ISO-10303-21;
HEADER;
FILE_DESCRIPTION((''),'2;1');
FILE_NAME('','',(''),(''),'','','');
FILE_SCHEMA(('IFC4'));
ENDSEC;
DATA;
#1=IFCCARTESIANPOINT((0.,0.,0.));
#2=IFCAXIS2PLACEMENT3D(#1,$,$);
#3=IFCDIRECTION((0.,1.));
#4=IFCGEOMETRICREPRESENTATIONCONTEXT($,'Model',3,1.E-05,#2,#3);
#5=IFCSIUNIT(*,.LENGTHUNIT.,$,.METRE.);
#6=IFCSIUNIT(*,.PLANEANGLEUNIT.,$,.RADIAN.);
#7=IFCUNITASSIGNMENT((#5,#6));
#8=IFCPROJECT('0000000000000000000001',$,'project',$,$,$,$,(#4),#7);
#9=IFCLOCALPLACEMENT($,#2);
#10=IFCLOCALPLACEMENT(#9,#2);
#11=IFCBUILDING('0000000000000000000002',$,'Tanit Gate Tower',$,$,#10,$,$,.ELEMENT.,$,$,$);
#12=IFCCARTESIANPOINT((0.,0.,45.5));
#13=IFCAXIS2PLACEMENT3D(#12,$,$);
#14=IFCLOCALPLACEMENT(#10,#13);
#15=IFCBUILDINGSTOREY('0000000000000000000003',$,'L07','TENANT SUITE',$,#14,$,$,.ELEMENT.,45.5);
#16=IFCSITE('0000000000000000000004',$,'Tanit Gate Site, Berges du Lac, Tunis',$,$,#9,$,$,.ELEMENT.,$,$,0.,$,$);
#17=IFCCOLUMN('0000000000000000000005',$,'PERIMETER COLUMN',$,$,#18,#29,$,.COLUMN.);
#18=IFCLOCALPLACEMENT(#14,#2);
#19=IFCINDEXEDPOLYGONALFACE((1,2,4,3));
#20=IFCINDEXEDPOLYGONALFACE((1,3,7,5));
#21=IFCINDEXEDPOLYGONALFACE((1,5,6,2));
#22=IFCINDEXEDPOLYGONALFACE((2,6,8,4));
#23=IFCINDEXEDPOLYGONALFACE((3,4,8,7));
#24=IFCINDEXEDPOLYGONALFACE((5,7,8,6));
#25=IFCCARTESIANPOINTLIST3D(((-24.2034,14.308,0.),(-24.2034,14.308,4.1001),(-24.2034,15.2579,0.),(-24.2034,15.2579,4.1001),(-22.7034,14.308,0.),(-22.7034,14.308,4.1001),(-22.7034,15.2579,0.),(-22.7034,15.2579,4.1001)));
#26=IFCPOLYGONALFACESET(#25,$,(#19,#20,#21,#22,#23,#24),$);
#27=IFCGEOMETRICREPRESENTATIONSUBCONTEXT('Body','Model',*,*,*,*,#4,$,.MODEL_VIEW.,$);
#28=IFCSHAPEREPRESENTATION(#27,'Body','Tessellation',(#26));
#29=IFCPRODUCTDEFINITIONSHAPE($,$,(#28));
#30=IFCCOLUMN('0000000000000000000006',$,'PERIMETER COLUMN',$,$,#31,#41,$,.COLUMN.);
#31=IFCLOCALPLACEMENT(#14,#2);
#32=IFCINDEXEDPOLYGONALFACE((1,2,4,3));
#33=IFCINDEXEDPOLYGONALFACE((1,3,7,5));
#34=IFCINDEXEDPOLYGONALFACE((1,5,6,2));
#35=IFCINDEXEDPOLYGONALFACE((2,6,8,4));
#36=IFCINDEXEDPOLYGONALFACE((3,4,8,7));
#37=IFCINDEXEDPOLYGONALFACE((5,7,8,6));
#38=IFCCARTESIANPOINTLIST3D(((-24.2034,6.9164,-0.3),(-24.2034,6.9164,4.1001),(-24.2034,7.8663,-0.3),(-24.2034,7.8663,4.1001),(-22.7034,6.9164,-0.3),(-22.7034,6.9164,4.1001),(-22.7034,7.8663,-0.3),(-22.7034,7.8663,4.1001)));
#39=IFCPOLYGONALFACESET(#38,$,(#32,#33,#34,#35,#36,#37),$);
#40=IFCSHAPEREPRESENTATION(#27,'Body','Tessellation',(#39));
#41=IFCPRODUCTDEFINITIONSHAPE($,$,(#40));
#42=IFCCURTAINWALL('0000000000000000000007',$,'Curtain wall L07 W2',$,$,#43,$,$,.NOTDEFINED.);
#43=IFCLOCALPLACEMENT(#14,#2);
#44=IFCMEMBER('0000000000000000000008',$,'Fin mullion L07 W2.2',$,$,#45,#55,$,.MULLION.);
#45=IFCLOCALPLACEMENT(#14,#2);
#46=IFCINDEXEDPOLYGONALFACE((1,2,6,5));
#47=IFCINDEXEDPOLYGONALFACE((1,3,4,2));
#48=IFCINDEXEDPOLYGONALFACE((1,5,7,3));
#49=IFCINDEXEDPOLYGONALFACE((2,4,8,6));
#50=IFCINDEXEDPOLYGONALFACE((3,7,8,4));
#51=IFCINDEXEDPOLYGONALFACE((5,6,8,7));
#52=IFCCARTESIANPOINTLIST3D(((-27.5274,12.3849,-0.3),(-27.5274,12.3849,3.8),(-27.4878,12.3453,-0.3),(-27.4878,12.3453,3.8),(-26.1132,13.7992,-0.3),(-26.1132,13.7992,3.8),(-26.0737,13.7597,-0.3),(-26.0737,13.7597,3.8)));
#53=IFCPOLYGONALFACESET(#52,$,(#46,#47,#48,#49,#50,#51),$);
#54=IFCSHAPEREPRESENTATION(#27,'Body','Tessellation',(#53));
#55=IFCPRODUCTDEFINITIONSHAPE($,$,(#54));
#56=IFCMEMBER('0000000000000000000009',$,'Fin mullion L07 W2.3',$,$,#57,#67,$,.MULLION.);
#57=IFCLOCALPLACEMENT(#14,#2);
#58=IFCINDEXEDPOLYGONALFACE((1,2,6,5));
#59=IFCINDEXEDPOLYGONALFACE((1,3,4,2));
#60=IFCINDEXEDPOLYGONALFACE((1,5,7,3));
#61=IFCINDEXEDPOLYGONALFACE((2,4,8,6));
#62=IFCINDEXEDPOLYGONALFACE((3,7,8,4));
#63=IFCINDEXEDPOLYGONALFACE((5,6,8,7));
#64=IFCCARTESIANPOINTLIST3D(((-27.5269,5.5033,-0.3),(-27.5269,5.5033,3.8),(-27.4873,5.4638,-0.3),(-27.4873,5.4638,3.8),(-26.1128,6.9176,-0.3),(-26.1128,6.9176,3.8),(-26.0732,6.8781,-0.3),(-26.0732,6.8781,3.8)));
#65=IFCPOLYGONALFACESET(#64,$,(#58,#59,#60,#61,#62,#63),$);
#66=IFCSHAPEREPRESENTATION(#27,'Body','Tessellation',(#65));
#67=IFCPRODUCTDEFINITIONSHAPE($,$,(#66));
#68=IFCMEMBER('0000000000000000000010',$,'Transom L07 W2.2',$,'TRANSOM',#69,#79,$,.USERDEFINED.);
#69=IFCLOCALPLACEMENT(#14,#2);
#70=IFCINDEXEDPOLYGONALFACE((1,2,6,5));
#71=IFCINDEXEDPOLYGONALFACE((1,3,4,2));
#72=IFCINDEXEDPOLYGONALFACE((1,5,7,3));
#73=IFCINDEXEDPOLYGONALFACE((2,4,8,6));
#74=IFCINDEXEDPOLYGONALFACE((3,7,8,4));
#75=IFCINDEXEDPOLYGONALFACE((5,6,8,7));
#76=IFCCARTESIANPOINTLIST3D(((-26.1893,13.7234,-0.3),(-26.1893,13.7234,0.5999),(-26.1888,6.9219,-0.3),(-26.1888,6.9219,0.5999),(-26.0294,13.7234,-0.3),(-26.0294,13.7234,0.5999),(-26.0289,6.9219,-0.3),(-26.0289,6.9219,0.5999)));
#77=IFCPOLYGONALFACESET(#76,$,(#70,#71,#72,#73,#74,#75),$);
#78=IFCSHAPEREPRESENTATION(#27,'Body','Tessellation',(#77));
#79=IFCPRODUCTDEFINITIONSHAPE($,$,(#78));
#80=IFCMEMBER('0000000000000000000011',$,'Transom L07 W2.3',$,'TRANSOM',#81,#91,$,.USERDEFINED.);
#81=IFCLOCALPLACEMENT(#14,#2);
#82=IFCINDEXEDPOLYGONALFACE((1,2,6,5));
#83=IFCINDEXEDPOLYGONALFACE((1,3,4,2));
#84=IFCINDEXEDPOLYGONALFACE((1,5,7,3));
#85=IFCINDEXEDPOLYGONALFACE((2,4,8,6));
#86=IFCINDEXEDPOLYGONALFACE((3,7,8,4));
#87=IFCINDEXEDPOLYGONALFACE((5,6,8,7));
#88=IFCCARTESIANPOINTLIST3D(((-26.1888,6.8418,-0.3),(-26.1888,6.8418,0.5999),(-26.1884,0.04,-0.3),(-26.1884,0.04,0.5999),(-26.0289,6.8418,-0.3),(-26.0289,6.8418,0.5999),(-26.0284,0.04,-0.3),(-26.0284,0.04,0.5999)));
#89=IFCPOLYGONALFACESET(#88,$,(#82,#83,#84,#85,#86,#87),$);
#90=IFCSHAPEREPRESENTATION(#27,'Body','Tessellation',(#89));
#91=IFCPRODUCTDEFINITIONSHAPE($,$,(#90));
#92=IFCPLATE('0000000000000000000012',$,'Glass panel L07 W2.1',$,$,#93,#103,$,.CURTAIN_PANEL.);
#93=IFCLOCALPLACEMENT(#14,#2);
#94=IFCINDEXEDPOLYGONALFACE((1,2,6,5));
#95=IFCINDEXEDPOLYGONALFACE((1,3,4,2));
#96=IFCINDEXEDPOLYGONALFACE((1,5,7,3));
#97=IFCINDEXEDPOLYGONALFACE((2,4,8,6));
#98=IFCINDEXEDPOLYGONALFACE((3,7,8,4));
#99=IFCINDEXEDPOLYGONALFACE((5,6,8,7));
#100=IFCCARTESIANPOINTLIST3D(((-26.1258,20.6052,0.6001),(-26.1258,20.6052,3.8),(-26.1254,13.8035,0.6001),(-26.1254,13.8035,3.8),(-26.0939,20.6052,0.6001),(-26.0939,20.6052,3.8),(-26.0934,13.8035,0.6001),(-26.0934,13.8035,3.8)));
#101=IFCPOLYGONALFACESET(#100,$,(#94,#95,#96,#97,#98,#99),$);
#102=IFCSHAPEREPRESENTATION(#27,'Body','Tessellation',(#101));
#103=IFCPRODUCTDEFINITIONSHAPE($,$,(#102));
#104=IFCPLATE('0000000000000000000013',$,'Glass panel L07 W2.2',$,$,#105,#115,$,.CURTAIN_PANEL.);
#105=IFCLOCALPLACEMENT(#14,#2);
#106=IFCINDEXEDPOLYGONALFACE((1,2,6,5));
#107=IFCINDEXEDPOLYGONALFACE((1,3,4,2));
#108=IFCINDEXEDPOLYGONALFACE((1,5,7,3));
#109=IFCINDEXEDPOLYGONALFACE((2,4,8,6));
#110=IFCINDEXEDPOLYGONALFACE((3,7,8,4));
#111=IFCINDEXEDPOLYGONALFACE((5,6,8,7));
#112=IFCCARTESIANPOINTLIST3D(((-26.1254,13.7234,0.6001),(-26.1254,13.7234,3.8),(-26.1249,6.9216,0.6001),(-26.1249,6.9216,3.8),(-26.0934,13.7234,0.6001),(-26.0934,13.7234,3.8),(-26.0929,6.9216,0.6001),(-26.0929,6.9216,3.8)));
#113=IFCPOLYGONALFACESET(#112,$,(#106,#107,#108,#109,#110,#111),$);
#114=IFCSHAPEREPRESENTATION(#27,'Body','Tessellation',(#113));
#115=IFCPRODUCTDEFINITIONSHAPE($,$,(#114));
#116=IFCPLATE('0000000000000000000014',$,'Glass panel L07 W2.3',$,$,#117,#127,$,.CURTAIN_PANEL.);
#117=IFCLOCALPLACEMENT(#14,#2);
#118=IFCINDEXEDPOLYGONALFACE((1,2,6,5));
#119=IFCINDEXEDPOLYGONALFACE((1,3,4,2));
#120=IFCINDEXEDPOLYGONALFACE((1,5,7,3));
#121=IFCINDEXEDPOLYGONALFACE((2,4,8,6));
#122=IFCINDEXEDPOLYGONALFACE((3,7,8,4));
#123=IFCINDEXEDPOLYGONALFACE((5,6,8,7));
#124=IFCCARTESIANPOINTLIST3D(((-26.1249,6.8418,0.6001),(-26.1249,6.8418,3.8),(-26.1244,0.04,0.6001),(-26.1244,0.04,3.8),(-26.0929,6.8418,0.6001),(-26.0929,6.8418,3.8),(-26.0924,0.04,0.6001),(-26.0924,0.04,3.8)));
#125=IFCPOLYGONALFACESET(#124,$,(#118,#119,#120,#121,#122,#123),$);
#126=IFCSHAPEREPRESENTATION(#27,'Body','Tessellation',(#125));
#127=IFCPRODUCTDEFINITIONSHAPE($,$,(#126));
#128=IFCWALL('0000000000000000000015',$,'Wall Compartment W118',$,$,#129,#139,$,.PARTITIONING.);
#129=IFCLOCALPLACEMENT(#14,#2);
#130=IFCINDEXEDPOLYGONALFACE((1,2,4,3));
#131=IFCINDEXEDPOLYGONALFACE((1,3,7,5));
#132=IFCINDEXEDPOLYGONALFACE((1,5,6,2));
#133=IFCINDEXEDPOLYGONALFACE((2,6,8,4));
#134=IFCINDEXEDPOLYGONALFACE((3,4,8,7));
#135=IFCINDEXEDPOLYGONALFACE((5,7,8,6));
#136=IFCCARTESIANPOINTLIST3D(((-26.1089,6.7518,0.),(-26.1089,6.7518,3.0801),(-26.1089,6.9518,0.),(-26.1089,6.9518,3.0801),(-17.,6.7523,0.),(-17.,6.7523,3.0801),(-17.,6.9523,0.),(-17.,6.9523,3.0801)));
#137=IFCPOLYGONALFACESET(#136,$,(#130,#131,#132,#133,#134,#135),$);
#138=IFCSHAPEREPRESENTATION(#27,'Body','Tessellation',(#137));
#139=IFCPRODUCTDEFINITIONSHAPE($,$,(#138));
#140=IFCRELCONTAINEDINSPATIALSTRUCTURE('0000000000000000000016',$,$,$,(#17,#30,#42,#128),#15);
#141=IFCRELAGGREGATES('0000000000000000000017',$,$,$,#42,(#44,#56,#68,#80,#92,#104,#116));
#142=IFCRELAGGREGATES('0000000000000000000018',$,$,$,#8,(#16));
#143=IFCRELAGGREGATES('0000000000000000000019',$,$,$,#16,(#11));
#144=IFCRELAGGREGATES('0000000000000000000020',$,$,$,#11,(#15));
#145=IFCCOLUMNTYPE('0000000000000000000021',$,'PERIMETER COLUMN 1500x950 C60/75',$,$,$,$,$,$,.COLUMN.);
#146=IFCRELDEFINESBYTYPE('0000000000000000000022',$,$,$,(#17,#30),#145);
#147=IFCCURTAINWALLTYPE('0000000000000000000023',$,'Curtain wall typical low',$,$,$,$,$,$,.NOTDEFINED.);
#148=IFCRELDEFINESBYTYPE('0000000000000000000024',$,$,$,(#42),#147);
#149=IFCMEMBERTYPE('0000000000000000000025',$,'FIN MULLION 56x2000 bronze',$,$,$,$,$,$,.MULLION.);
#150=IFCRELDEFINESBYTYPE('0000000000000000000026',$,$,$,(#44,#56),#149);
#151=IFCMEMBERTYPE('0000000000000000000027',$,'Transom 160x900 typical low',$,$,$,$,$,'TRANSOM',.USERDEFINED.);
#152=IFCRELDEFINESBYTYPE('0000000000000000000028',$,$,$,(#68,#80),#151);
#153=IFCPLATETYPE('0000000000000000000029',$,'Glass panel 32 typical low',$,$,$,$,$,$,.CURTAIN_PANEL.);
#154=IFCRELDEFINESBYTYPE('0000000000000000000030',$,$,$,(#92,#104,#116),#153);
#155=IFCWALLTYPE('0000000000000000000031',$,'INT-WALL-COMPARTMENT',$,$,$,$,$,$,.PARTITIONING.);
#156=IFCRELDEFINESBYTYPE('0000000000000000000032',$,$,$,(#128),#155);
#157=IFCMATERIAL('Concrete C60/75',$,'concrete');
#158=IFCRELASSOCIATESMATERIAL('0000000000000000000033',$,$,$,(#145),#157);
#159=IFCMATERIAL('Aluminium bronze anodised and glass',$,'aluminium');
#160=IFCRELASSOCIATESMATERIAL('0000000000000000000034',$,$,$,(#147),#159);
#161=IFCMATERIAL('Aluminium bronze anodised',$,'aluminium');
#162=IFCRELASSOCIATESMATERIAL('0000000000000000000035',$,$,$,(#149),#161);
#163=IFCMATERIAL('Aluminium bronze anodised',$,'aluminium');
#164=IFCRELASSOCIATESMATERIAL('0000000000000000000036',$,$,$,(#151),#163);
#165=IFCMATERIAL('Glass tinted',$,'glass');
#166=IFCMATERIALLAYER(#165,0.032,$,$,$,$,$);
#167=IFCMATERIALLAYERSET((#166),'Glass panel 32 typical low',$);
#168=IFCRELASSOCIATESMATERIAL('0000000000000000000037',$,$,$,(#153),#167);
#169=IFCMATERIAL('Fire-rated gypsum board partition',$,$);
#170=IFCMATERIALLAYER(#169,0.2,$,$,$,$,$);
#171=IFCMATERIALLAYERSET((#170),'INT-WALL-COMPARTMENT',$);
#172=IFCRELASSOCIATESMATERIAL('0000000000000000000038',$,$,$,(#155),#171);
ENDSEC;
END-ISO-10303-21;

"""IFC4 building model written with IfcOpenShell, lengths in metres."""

from ifc_helpers import new_model, si_unit, direction, frame, frame_2d, origin, origin_2d, place, context, subcontext, project, spatial, rectangle, extrude, material, layer, layer_set, material_profile, profile_set, type_object, element, aggregate, save


model = new_model("IFC4")

# Units and contexts
model_context = context("Model", 3, precision=1e-05, world=origin(), true_north=direction((0.0, 1.0)))
body_context = subcontext(model_context, "Body", "Model", "MODEL_VIEW")
ifc_project = project(units=[si_unit("LENGTHUNIT", "METRE"), si_unit("PLANEANGLEUNIT", "RADIAN")], contexts=[model_context])

# Site, building, storey
site_placement = place(None, origin())
site = spatial("IfcSite", under=ifc_project, at=site_placement, Name="Tanit Gate Site, Berges du Lac, Tunis", CompositionType="ELEMENT", RefElevation=0.0)
building_placement = place(site_placement, origin())
building = spatial("IfcBuilding", under=site, at=building_placement, Name="Tanit Gate Tower", CompositionType="ELEMENT")
storey_placement = place(building_placement, frame((0.0, 0.0, 45.5)))
storey = spatial("IfcBuildingStorey", under=building, at=storey_placement, Name="L07", Description="TENANT SUITE", CompositionType="ELEMENT", Elevation=45.5)

# Columns
ifc_material_1 = material(Name="Concrete C60/75", Category="concrete")
ifc_material_profile_1 = material_profile(ifc_material_1, rectangle(XDim=1.5, YDim=0.95, at=origin_2d()), Name="RC 1500x950")
ifc_profile_set_1 = profile_set([ifc_material_profile_1], Name="Concrete C60/75")
column_type = type_object("IfcColumnType", Name="PERIMETER COLUMN 1500x950 C60/75", PredefinedType="COLUMN", material=ifc_profile_set_1)
column_1_placement = place(storey_placement, frame((-23.4534, 14.783, 0.0), z_axis=(0.0, 0.0, 1.0), x_axis=(-1.0, 0.0, 0.0)))
element("IfcColumn", 1, at=column_1_placement, inside=storey, type_object=column_type, Name="PERIMETER COLUMN", PredefinedType="COLUMN", context=body_context, shape_type="SweptSolid", body=[
    extrude(rectangle(XDim=1.5, YDim=0.95, at=origin_2d()), origin(), (0.0, 0.0, 1.0), 4.1001),
])
column_2_placement = place(storey_placement, frame((-23.4534, 7.3914, -0.3), z_axis=(0.0, 0.0, 1.0), x_axis=(-1.0, 0.0, 0.0)))
element("IfcColumn", 2, at=column_2_placement, inside=storey, type_object=column_type, Name="PERIMETER COLUMN", PredefinedType="COLUMN", context=body_context, shape_type="SweptSolid", body=[
    extrude(rectangle(XDim=1.5, YDim=0.95, at=origin_2d()), origin(), (0.0, 0.0, 1.0), 4.4001),
])

# Curtain wall, members, plates
ifc_material_2 = material(Name="Aluminium bronze anodised and glass", Category="aluminium")
curtain_wall_type = type_object("IfcCurtainWallType", Name="Curtain wall typical low", PredefinedType="NOTDEFINED", material=ifc_material_2)
curtain_wall_placement = place(storey_placement, origin())
curtain_wall = element("IfcCurtainWall", 3, at=curtain_wall_placement, inside=storey, type_object=curtain_wall_type, Name="Curtain wall L07 W2", PredefinedType="NOTDEFINED")
ifc_material_3 = material(Name="Aluminium bronze anodised", Category="aluminium")
ifc_material_profile_2 = material_profile(ifc_material_3, rectangle(XDim=2.0, YDim=0.0559, at=origin_2d()), Name="56x2000 bronze fin mullion")
ifc_profile_set_2 = profile_set([ifc_material_profile_2], Name="Aluminium bronze anodised")
member_type_1 = type_object("IfcMemberType", Name="FIN MULLION 56x2000 bronze", PredefinedType="MULLION", material=ifc_profile_set_2)
member_1_placement = place(storey_placement, frame((-26.8005, 13.0723, -0.3), z_axis=(0.0, 0.0, 1.0), x_axis=(0.707058, 0.707156, 0.0)))
member_1 = element("IfcMember", 4, at=member_1_placement, type_object=member_type_1, Name="Fin mullion L07 W2.2", PredefinedType="MULLION", context=body_context, shape_type="SweptSolid", body=[
    extrude(rectangle(XDim=2.0, YDim=0.0559, at=origin_2d()), origin(), (0.0, 0.0, 1.0), 4.1001),
])
member_2_placement = place(storey_placement, frame((-26.8, 6.1907, -0.3), z_axis=(0.0, 0.0, 1.0), x_axis=(0.707058, 0.707156, 0.0)))
member_2 = element("IfcMember", 5, at=member_2_placement, type_object=member_type_1, Name="Fin mullion L07 W2.3", PredefinedType="MULLION", context=body_context, shape_type="SweptSolid", body=[
    extrude(rectangle(XDim=2.0, YDim=0.0559, at=origin_2d()), origin(), (0.0, 0.0, 1.0), 4.1001),
])
ifc_material_4 = material(Name="Aluminium bronze anodised", Category="aluminium")
ifc_material_profile_3 = material_profile(ifc_material_4, rectangle(XDim=0.1599, YDim=0.8999, at=origin_2d()), Name="160x900 bronze transom")
ifc_profile_set_3 = profile_set([ifc_material_profile_3], Name="Aluminium bronze anodised")
member_type_2 = type_object("IfcMemberType", Name="Transom 160x900 typical low", ElementType="TRANSOM", PredefinedType="USERDEFINED", material=ifc_profile_set_3)
member_3_placement = place(storey_placement, frame((-26.1094, 13.7234, 0.1499), z_axis=(0.000072, -1.0, 0.0), x_axis=(1.0, 0.000072, 0.0)))
member_3 = element("IfcMember", 6, at=member_3_placement, type_object=member_type_2, Name="Transom L07 W2.2", ObjectType="TRANSOM", PredefinedType="USERDEFINED", context=body_context, shape_type="SweptSolid", body=[
    extrude(rectangle(XDim=0.1599, YDim=0.8999, at=origin_2d()), origin(), (0.0, 0.0, 1.0), 6.8015),
])
member_4_placement = place(storey_placement, frame((-26.1089, 6.8418, 0.1499), z_axis=(0.000072, -1.0, 0.0), x_axis=(1.0, 0.000072, 0.0)))
member_4 = element("IfcMember", 7, at=member_4_placement, type_object=member_type_2, Name="Transom L07 W2.3", ObjectType="TRANSOM", PredefinedType="USERDEFINED", context=body_context, shape_type="SweptSolid", body=[
    extrude(rectangle(XDim=0.1599, YDim=0.8999, at=origin_2d()), origin(), (0.0, 0.0, 1.0), 6.8018),
])
ifc_material_5 = material(Name="Glass tinted", Category="glass")
ifc_layer_1 = layer(ifc_material_5, 0.032)
ifc_layer_set_1 = layer_set([ifc_layer_1], Name="Glass panel 32 typical low")
plate_type = type_object("IfcPlateType", Name="Glass panel 32 typical low", PredefinedType="CURTAIN_PANEL", material=ifc_layer_set_1)
plate_1_placement = place(storey_placement, frame((-26.1096, 17.2043, 0.6001), z_axis=(0.0, 0.0, 1.0), x_axis=(0.000069, -1.0, 0.0)))
plate_1 = element("IfcPlate", 8, at=plate_1_placement, type_object=plate_type, Name="Glass panel L07 W2.1", PredefinedType="CURTAIN_PANEL", context=body_context, shape_type="SweptSolid", body=[
    extrude(rectangle(XDim=6.8018, YDim=0.032, at=origin_2d()), origin(), (0.0, 0.0, 1.0), 3.2),
])
plate_2_placement = place(storey_placement, frame((-26.1091, 10.3225, 0.6001), z_axis=(0.0, 0.0, 1.0), x_axis=(0.000069, -1.0, 0.0)))
plate_2 = element("IfcPlate", 9, at=plate_2_placement, type_object=plate_type, Name="Glass panel L07 W2.2", PredefinedType="CURTAIN_PANEL", context=body_context, shape_type="SweptSolid", body=[
    extrude(rectangle(XDim=6.8018, YDim=0.032, at=origin_2d()), origin(), (0.0, 0.0, 1.0), 3.2),
])
plate_3_placement = place(storey_placement, frame((-26.1086, 3.4409, 0.6001), z_axis=(0.0, 0.0, 1.0), x_axis=(0.000069, -1.0, 0.0)))
plate_3 = element("IfcPlate", 10, at=plate_3_placement, type_object=plate_type, Name="Glass panel L07 W2.3", PredefinedType="CURTAIN_PANEL", context=body_context, shape_type="SweptSolid", body=[
    extrude(rectangle(XDim=6.8018, YDim=0.032, at=origin_2d()), origin(), (0.0, 0.0, 1.0), 3.2),
])
aggregate(curtain_wall, [member_1, member_2, member_3, member_4, plate_1, plate_2, plate_3])

# Wall
ifc_material_6 = material(Name="Fire-rated gypsum board partition")
ifc_layer_2 = layer(ifc_material_6, 0.2)
ifc_layer_set_2 = layer_set([ifc_layer_2], Name="INT-WALL-COMPARTMENT")
wall_type = type_object("IfcWallType", Name="INT-WALL-COMPARTMENT", PredefinedType="PARTITIONING", material=ifc_layer_set_2)
wall_placement = place(storey_placement, frame((-26.1089, 6.8518, 0.0), z_axis=(0.0, 0.0, 1.0), x_axis=(1.0, 0.000054, 0.0)))
element("IfcWall", 11, at=wall_placement, inside=storey, type_object=wall_type, Name="Wall Compartment W118", PredefinedType="PARTITIONING", context=body_context, shape_type="SweptSolid", body=[
    extrude(rectangle(XDim=9.1089, YDim=0.2, at=frame_2d((4.5544, 0.0))), origin(), (0.0, 0.0, 1.0), 3.0801),
])

save(model, "model.ifc")
